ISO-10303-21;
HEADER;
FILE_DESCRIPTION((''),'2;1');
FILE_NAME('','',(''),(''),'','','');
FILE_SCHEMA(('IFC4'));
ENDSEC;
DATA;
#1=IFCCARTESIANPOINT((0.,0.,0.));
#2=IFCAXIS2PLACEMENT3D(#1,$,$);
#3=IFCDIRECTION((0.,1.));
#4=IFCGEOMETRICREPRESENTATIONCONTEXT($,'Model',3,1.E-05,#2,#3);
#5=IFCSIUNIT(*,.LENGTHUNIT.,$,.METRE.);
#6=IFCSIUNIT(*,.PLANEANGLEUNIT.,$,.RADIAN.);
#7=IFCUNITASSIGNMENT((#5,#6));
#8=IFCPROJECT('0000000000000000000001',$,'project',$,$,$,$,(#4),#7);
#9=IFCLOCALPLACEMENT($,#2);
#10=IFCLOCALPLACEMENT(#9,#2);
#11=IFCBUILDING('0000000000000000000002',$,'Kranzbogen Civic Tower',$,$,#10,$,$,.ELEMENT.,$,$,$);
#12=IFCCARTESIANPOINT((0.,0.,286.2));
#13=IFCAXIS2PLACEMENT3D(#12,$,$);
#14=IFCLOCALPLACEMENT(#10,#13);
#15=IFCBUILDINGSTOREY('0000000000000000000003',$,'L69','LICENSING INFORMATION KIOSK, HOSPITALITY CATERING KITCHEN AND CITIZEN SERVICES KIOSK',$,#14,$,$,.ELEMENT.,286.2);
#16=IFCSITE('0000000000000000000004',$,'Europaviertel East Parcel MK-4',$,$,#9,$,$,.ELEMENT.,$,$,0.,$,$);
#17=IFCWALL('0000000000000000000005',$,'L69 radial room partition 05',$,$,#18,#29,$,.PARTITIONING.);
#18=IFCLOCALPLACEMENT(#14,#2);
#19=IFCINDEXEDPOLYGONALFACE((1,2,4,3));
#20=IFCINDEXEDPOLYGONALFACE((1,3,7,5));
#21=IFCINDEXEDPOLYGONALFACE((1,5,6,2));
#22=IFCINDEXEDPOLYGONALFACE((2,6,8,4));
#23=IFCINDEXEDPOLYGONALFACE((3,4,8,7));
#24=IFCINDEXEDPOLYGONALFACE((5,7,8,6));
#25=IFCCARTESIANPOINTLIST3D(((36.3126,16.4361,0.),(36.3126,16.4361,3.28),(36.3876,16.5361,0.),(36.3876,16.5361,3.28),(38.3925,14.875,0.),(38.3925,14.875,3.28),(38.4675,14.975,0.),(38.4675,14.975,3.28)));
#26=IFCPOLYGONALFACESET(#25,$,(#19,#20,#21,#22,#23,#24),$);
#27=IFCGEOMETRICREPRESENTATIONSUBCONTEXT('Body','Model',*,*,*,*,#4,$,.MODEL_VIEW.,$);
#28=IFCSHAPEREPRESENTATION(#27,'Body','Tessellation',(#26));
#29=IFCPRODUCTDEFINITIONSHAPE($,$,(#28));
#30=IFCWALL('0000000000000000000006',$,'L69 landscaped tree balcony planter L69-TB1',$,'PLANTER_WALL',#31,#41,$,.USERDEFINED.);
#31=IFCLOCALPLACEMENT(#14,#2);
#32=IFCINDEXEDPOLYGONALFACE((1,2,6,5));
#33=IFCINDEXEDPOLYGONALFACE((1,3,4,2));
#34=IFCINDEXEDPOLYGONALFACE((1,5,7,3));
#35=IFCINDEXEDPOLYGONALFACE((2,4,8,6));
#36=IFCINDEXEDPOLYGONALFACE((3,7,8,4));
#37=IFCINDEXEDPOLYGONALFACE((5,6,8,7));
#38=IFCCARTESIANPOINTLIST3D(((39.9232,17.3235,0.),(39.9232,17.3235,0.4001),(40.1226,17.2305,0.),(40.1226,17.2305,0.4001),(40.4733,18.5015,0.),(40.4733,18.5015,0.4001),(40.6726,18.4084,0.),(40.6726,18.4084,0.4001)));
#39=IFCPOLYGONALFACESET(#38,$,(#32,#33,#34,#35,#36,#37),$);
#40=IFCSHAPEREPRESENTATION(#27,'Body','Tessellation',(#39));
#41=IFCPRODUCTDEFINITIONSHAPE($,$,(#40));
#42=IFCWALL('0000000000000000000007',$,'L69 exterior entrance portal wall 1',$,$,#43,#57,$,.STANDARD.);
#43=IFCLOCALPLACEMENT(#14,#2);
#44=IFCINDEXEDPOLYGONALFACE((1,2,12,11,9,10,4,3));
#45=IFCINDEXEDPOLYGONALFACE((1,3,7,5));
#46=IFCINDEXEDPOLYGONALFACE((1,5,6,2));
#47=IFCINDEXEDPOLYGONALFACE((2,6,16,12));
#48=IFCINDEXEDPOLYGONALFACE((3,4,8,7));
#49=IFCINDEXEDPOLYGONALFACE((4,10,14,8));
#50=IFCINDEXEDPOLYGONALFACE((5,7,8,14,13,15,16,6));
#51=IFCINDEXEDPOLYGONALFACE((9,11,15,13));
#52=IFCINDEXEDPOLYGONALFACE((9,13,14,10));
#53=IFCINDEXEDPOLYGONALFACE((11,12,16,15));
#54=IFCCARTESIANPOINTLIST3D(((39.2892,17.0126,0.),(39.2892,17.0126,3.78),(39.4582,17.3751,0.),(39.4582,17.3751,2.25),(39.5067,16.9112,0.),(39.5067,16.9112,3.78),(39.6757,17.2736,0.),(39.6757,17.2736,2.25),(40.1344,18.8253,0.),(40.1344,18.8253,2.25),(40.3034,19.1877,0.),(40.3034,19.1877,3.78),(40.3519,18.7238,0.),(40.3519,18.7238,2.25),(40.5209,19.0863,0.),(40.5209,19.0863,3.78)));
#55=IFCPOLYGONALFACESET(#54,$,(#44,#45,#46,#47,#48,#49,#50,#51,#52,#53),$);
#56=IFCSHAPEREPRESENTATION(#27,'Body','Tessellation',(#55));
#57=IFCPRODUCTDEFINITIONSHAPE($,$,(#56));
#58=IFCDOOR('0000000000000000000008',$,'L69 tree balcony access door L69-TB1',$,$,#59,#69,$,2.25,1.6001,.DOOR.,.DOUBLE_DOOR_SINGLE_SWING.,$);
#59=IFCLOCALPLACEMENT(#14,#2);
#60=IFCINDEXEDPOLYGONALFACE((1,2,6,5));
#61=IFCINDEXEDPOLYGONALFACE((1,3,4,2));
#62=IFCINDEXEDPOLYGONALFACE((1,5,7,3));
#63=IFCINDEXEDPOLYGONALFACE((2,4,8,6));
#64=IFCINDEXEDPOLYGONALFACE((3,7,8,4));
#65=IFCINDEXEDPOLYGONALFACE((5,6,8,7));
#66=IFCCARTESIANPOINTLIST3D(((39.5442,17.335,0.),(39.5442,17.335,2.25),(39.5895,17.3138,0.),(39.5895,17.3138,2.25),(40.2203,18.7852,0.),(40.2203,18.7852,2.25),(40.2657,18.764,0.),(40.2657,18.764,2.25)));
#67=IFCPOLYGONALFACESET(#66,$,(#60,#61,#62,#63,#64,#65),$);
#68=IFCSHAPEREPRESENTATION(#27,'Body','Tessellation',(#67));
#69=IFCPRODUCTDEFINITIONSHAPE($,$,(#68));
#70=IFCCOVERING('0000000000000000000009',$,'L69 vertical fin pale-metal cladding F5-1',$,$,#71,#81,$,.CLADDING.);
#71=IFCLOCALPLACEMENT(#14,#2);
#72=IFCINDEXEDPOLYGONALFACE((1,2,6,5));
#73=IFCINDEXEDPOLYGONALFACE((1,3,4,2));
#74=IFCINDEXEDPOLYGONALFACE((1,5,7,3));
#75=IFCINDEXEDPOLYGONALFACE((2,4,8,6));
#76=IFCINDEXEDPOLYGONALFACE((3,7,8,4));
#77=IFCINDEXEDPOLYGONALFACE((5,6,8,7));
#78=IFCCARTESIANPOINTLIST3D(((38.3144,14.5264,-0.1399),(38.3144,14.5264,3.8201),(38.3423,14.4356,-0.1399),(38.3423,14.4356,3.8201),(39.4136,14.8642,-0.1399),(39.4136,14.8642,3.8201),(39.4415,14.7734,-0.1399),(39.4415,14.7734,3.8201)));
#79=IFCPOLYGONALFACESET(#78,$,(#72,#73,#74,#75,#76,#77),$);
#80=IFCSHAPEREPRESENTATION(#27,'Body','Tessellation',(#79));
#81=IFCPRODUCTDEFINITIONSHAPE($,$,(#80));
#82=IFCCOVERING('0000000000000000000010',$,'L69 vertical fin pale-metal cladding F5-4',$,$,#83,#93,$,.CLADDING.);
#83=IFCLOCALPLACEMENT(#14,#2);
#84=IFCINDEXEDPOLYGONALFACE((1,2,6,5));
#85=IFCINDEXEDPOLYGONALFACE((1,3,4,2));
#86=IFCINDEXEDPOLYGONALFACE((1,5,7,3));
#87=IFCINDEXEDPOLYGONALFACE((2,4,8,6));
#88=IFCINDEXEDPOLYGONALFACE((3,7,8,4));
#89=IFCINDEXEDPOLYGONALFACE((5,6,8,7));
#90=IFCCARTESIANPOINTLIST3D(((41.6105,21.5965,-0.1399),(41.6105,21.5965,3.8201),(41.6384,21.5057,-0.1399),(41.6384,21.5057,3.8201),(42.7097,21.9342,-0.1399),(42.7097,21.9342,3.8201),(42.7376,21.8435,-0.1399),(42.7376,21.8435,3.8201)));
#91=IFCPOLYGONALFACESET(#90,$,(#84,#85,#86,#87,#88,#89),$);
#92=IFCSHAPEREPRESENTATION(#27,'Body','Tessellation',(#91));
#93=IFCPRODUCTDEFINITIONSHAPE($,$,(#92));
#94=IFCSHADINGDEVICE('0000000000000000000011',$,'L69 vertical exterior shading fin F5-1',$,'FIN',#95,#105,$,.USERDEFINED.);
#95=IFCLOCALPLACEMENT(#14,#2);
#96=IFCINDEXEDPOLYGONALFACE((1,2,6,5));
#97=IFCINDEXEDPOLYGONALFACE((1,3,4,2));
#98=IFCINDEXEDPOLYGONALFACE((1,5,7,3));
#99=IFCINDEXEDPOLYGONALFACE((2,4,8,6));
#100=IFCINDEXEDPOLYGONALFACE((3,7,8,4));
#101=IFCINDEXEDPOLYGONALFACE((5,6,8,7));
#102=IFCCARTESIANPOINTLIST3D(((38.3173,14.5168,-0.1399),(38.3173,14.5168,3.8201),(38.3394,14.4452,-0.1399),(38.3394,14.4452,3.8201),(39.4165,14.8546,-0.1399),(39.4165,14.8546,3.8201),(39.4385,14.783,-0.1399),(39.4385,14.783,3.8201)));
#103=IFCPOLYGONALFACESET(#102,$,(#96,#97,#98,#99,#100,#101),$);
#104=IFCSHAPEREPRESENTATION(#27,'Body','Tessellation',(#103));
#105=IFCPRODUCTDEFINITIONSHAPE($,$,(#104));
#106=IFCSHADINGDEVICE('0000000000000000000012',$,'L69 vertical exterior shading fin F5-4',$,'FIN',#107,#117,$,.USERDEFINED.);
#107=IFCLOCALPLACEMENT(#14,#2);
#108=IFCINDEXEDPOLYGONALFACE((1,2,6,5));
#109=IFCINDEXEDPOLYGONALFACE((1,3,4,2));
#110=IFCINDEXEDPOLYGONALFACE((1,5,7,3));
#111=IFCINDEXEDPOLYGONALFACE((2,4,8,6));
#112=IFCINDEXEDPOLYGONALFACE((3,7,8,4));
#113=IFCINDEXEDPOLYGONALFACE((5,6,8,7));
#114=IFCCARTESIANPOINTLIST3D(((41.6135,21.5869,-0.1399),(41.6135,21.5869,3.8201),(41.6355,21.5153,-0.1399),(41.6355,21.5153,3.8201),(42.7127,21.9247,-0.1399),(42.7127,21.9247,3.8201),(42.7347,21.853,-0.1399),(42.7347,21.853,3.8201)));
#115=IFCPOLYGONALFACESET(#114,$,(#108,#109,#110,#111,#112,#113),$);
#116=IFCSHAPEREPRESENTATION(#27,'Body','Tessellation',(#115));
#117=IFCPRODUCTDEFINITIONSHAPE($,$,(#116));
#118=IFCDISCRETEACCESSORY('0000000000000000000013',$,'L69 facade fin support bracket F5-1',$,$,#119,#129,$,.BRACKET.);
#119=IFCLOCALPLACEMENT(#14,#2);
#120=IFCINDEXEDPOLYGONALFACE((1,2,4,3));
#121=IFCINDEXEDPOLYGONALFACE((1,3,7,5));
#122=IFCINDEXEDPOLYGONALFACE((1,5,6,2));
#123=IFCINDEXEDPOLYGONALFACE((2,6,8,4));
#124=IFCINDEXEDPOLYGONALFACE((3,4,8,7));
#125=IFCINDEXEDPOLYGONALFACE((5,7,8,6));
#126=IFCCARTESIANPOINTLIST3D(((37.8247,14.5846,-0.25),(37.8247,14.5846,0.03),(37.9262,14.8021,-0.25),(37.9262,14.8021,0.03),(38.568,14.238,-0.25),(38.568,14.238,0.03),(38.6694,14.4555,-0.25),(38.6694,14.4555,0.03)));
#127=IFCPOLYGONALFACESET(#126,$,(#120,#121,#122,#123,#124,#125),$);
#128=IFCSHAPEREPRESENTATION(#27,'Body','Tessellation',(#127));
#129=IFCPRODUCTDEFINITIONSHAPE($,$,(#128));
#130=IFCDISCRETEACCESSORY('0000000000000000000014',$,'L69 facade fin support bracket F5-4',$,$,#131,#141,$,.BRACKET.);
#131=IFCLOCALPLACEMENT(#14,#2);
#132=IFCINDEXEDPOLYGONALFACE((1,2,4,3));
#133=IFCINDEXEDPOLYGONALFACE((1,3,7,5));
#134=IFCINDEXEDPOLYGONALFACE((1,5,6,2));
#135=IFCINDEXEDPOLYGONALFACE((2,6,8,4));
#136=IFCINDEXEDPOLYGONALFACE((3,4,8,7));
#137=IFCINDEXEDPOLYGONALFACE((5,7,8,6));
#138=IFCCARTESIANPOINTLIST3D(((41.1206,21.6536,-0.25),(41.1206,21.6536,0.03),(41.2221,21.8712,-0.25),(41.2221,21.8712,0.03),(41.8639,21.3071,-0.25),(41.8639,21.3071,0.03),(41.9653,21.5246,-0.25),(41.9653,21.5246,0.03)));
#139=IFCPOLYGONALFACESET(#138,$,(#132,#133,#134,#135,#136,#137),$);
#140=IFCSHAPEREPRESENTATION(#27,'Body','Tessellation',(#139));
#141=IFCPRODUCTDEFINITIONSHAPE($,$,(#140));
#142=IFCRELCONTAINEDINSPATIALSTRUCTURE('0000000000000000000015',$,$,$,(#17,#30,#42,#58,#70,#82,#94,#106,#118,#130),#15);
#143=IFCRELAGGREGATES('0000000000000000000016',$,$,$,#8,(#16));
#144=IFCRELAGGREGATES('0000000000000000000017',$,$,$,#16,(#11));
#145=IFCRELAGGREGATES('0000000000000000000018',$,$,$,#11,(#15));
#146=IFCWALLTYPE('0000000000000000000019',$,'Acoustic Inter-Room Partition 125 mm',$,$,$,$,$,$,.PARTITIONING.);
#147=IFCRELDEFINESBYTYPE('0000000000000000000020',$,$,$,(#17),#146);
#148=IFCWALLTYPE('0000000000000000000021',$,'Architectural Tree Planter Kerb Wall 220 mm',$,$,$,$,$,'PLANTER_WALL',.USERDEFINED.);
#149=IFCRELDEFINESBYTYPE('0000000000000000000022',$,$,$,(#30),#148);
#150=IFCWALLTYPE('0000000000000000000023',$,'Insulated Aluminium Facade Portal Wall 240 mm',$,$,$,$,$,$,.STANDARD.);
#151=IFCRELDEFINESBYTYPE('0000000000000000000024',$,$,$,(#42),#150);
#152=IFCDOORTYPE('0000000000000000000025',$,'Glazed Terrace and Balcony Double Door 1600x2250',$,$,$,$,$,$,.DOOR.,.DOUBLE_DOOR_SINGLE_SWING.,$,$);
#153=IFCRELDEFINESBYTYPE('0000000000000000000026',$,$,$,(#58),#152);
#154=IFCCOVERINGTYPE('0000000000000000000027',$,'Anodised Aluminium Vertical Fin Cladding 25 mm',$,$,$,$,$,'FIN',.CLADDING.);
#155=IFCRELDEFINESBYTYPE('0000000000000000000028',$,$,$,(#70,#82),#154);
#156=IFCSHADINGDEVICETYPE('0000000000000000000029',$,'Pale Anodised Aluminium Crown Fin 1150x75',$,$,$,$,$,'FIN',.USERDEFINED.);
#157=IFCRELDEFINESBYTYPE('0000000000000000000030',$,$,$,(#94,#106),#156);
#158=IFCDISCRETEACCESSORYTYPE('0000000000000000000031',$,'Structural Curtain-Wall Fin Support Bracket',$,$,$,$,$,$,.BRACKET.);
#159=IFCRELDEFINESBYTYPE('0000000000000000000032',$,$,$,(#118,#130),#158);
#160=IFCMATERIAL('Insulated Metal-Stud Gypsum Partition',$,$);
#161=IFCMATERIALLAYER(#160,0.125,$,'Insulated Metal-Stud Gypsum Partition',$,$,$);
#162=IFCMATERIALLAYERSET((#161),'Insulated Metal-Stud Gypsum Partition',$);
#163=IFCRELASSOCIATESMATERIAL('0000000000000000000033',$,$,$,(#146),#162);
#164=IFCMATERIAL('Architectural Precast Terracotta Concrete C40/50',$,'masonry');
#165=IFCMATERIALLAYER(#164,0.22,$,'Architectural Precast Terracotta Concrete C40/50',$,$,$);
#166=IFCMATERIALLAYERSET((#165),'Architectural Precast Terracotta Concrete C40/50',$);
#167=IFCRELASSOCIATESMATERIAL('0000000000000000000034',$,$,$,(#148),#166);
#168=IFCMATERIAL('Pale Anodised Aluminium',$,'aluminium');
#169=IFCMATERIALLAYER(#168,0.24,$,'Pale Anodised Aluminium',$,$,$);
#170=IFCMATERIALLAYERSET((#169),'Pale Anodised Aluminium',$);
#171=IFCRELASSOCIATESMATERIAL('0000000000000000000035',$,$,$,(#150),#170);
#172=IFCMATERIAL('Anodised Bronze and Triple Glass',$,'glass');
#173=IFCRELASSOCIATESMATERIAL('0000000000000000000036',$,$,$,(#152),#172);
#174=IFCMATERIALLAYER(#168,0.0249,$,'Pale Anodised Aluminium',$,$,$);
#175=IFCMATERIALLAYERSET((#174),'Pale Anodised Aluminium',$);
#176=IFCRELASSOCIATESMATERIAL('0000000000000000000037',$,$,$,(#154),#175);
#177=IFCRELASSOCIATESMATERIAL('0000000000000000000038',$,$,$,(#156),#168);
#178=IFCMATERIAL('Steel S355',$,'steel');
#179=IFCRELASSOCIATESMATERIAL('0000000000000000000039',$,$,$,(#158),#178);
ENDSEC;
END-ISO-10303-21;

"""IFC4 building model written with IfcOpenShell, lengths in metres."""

from ifc_helpers import new_model, si_unit, direction, frame, frame_2d, origin, origin_2d, place, context, subcontext, project, spatial, rectangle, extrude, material, layer, layer_set, type_object, element, fill, save


model = new_model("IFC4")

# Units and contexts
model_context = context("Model", 3, precision=1e-05, world=origin(), true_north=direction((0.0, 1.0)))
body_context = subcontext(model_context, "Body", "Model", "MODEL_VIEW")
ifc_project = project(units=[si_unit("LENGTHUNIT", "METRE"), si_unit("PLANEANGLEUNIT", "RADIAN")], contexts=[model_context])

# Site, building, storey
site_placement = place(None, origin())
site = spatial("IfcSite", under=ifc_project, at=site_placement, Name="Europaviertel East Parcel MK-4", CompositionType="ELEMENT", RefElevation=0.0)
building_placement = place(site_placement, origin())
building = spatial("IfcBuilding", under=site, at=building_placement, Name="Kranzbogen Civic Tower", CompositionType="ELEMENT")
storey_placement = place(building_placement, frame((0.0, 0.0, 286.2)))
storey = spatial("IfcBuildingStorey", under=building, at=storey_placement, Name="L69", Description="LICENSING INFORMATION KIOSK, HOSPITALITY CATERING KITCHEN AND CITIZEN SERVICES KIOSK", CompositionType="ELEMENT", Elevation=286.2)

# Shared definitions
ifc_material_1 = material(Name="Steel S355", Category="steel")

# Shared definitions
ifc_material_2 = material(Name="Pale Anodised Aluminium", Category="aluminium")

# Walls
ifc_material_3 = material(Name="Insulated Metal-Stud Gypsum Partition")
ifc_layer_1 = layer(ifc_material_3, 0.125, Name="Insulated Metal-Stud Gypsum Partition")
ifc_layer_set_1 = layer_set([ifc_layer_1], Name="Insulated Metal-Stud Gypsum Partition")
wall_type_1 = type_object("IfcWallType", Name="Acoustic Inter-Room Partition 125 mm", PredefinedType="PARTITIONING", material=ifc_layer_set_1)
wall_1_placement = place(storey_placement, frame((36.3501, 16.4861, 0.0), z_axis=(0.0, 0.0, 1.0), x_axis=(0.799786, -0.600285, 0.0)))
element("IfcWall", 1, at=wall_1_placement, inside=storey, type_object=wall_type_1, Name="L69 radial room partition 05", PredefinedType="PARTITIONING", context=body_context, shape_type="SweptSolid", body=[
    extrude(rectangle(XDim=2.6006, YDim=0.125, at=frame_2d((1.3003, 0.0))), origin(), (0.0, 0.0, 1.0), 3.28),
])
ifc_material_4 = material(Name="Architectural Precast Terracotta Concrete C40/50", Category="masonry")
ifc_layer_2 = layer(ifc_material_4, 0.22, Name="Architectural Precast Terracotta Concrete C40/50")
ifc_layer_set_2 = layer_set([ifc_layer_2], Name="Architectural Precast Terracotta Concrete C40/50")
wall_type_2 = type_object("IfcWallType", Name="Architectural Tree Planter Kerb Wall 220 mm", ElementType="PLANTER_WALL", PredefinedType="USERDEFINED", material=ifc_layer_set_2)
wall_2_placement = place(storey_placement, frame((40.0229, 17.2771, 0.0), z_axis=(0.0, 0.0, 1.0), x_axis=(0.423091, 0.906087, 0.0)))
element("IfcWall", 2, at=wall_2_placement, inside=storey, type_object=wall_type_2, Name="L69 landscaped tree balcony planter L69-TB1", ObjectType="PLANTER_WALL", PredefinedType="USERDEFINED", context=body_context, shape_type="SweptSolid", body=[
    extrude(rectangle(XDim=1.3, YDim=0.22, at=frame_2d((0.6499, 0.0))), origin(), (0.0, 0.0, 1.0), 0.4001),
])

# Wall, opening, door
ifc_layer_3 = layer(ifc_material_2, 0.24, Name="Pale Anodised Aluminium")
ifc_layer_set_3 = layer_set([ifc_layer_3], Name="Pale Anodised Aluminium")
wall_type_3 = type_object("IfcWallType", Name="Insulated Aluminium Facade Portal Wall 240 mm", PredefinedType="STANDARD", material=ifc_layer_set_3)
wall_3_placement = place(storey_placement, frame((39.3979, 16.9619, 0.0), z_axis=(0.0, 0.0, 1.0), x_axis=(0.42259, 0.906321, 0.0)))
wall_3 = element("IfcWall", 3, at=wall_3_placement, inside=storey, type_object=wall_type_3, Name="L69 exterior entrance portal wall 1", PredefinedType="STANDARD", context=body_context, shape_type="SweptSolid", body=[
    extrude(rectangle(XDim=2.3999, YDim=0.24, at=frame_2d((1.2, 0.0))), origin(), (0.0, 0.0, 1.0), 3.78),
])
opening_1_placement = place(wall_3_placement, frame((0.3999, 0.0, 0.0)))
opening_1 = element("IfcOpeningElement", 4, at=opening_1_placement, cuts=wall_3, PredefinedType="OPENING", context=body_context, shape_type="SweptSolid", body=[
    extrude(rectangle(XDim=1.6001, YDim=2.25, at=frame_2d((0.8, 1.125))), frame((0.0, 0.1299, 0.0), z_axis=(0.0, -1.0, 0.0), x_axis=(1.0, 0.0, 0.0)), (0.0, 0.0, 1.0), 0.26),
])
ifc_material_5 = material(Name="Anodised Bronze and Triple Glass", Category="glass")
door_type_1 = type_object("IfcDoorType", Name="Glazed Terrace and Balcony Double Door 1600x2250", OperationType="DOUBLE_DOOR_SINGLE_SWING", PredefinedType="DOOR", material=ifc_material_5)
door_1_placement = place(opening_1_placement, frame((1.6001, 0.0, 0.0), z_axis=(0.0, 0.0, 1.0), x_axis=(-1.0, 0.0, 0.0)))
door_1 = element("IfcDoor", 5, at=door_1_placement, inside=storey, type_object=door_type_1, Name="L69 tree balcony access door L69-TB1", OperationType="DOUBLE_DOOR_SINGLE_SWING", OverallHeight=2.25, OverallWidth=1.6001, PredefinedType="DOOR", context=body_context, shape_type="SweptSolid", body=[
    extrude(rectangle(XDim=1.6001, YDim=2.25, at=frame_2d((0.8, 1.125))), frame((0.0, 0.0249, 0.0), z_axis=(0.0, -1.0, 0.0), x_axis=(1.0, 0.0, 0.0)), (0.0, 0.0, 1.0), 0.05),
])
fill(opening_1, door_1)

# Coverings
ifc_layer_4 = layer(ifc_material_2, 0.0249, Name="Pale Anodised Aluminium")
ifc_layer_set_4 = layer_set([ifc_layer_4], Name="Pale Anodised Aluminium")
covering_type = type_object("IfcCoveringType", Name="Anodised Aluminium Vertical Fin Cladding 25 mm", ElementType="FIN", PredefinedType="CLADDING", material=ifc_layer_set_4)
for number, where, z_axis, x_axis, name in (
    (6, (38.8779, 14.6499, -0.1399), (0.0, 0.0, 1.0), (0.955885, 0.29374, 0.0), "L69 vertical fin pale-metal cladding F5-1"),
    (7, (42.1741, 21.72, -0.1399), (0.0, 0.0, 1.0), (0.955885, 0.29374, 0.0), "L69 vertical fin pale-metal cladding F5-4"),
):
    element("IfcCovering", number, at=place(storey_placement, frame(where, z_axis=z_axis, x_axis=x_axis)), inside=storey, type_object=covering_type, Name=name, PredefinedType="CLADDING", context=body_context, shape_type="SweptSolid", body=[
        extrude(rectangle(XDim=1.1499, YDim=0.095, at=origin_2d()), origin(), (0.0, 0.0, 1.0), 3.96),
    ])

# Shading devices
shading_device_type = type_object("IfcShadingDeviceType", Name="Pale Anodised Aluminium Crown Fin 1150x75", ElementType="FIN", PredefinedType="USERDEFINED", material=ifc_material_2)
for number, where, z_axis, x_axis, name in (
    (8, (38.8779, 14.6499, -0.1399), (0.0, 0.0, 1.0), (0.955885, 0.29374, 0.0), "L69 vertical exterior shading fin F5-1"),
    (9, (42.1741, 21.72, -0.1399), (0.0, 0.0, 1.0), (0.955885, 0.29374, 0.0), "L69 vertical exterior shading fin F5-4"),
):
    element("IfcShadingDevice", number, at=place(storey_placement, frame(where, z_axis=z_axis, x_axis=x_axis)), inside=storey, type_object=shading_device_type, Name=name, ObjectType="FIN", PredefinedType="USERDEFINED", context=body_context, shape_type="SweptSolid", body=[
        extrude(rectangle(XDim=1.1499, YDim=0.075, at=origin_2d()), origin(), (0.0, 0.0, 1.0), 3.96),
    ])

# Discrete accessories
discrete_accessory_type = type_object("IfcDiscreteAccessoryType", Name="Structural Curtain-Wall Fin Support Bracket", PredefinedType="BRACKET", material=ifc_material_1)
for number, where, z_axis, x_axis, name in (
    (10, (38.2471, 14.52, -0.25), (0.0, 0.0, 1.0), (0.906308, -0.422618, 0.0), "L69 facade fin support bracket F5-1"),
    (11, (41.543, 21.5891, -0.25), (0.0, 0.0, 1.0), (0.906308, -0.422618, 0.0), "L69 facade fin support bracket F5-4"),
):
    element("IfcDiscreteAccessory", number, at=place(storey_placement, frame(where, z_axis=z_axis, x_axis=x_axis)), inside=storey, type_object=discrete_accessory_type, Name=name, PredefinedType="BRACKET", context=body_context, shape_type="SweptSolid", body=[
        extrude(rectangle(XDim=0.8201, YDim=0.24, at=origin_2d()), origin(), (0.0, 0.0, 1.0), 0.28),
    ])

save(model, "model.ifc")
